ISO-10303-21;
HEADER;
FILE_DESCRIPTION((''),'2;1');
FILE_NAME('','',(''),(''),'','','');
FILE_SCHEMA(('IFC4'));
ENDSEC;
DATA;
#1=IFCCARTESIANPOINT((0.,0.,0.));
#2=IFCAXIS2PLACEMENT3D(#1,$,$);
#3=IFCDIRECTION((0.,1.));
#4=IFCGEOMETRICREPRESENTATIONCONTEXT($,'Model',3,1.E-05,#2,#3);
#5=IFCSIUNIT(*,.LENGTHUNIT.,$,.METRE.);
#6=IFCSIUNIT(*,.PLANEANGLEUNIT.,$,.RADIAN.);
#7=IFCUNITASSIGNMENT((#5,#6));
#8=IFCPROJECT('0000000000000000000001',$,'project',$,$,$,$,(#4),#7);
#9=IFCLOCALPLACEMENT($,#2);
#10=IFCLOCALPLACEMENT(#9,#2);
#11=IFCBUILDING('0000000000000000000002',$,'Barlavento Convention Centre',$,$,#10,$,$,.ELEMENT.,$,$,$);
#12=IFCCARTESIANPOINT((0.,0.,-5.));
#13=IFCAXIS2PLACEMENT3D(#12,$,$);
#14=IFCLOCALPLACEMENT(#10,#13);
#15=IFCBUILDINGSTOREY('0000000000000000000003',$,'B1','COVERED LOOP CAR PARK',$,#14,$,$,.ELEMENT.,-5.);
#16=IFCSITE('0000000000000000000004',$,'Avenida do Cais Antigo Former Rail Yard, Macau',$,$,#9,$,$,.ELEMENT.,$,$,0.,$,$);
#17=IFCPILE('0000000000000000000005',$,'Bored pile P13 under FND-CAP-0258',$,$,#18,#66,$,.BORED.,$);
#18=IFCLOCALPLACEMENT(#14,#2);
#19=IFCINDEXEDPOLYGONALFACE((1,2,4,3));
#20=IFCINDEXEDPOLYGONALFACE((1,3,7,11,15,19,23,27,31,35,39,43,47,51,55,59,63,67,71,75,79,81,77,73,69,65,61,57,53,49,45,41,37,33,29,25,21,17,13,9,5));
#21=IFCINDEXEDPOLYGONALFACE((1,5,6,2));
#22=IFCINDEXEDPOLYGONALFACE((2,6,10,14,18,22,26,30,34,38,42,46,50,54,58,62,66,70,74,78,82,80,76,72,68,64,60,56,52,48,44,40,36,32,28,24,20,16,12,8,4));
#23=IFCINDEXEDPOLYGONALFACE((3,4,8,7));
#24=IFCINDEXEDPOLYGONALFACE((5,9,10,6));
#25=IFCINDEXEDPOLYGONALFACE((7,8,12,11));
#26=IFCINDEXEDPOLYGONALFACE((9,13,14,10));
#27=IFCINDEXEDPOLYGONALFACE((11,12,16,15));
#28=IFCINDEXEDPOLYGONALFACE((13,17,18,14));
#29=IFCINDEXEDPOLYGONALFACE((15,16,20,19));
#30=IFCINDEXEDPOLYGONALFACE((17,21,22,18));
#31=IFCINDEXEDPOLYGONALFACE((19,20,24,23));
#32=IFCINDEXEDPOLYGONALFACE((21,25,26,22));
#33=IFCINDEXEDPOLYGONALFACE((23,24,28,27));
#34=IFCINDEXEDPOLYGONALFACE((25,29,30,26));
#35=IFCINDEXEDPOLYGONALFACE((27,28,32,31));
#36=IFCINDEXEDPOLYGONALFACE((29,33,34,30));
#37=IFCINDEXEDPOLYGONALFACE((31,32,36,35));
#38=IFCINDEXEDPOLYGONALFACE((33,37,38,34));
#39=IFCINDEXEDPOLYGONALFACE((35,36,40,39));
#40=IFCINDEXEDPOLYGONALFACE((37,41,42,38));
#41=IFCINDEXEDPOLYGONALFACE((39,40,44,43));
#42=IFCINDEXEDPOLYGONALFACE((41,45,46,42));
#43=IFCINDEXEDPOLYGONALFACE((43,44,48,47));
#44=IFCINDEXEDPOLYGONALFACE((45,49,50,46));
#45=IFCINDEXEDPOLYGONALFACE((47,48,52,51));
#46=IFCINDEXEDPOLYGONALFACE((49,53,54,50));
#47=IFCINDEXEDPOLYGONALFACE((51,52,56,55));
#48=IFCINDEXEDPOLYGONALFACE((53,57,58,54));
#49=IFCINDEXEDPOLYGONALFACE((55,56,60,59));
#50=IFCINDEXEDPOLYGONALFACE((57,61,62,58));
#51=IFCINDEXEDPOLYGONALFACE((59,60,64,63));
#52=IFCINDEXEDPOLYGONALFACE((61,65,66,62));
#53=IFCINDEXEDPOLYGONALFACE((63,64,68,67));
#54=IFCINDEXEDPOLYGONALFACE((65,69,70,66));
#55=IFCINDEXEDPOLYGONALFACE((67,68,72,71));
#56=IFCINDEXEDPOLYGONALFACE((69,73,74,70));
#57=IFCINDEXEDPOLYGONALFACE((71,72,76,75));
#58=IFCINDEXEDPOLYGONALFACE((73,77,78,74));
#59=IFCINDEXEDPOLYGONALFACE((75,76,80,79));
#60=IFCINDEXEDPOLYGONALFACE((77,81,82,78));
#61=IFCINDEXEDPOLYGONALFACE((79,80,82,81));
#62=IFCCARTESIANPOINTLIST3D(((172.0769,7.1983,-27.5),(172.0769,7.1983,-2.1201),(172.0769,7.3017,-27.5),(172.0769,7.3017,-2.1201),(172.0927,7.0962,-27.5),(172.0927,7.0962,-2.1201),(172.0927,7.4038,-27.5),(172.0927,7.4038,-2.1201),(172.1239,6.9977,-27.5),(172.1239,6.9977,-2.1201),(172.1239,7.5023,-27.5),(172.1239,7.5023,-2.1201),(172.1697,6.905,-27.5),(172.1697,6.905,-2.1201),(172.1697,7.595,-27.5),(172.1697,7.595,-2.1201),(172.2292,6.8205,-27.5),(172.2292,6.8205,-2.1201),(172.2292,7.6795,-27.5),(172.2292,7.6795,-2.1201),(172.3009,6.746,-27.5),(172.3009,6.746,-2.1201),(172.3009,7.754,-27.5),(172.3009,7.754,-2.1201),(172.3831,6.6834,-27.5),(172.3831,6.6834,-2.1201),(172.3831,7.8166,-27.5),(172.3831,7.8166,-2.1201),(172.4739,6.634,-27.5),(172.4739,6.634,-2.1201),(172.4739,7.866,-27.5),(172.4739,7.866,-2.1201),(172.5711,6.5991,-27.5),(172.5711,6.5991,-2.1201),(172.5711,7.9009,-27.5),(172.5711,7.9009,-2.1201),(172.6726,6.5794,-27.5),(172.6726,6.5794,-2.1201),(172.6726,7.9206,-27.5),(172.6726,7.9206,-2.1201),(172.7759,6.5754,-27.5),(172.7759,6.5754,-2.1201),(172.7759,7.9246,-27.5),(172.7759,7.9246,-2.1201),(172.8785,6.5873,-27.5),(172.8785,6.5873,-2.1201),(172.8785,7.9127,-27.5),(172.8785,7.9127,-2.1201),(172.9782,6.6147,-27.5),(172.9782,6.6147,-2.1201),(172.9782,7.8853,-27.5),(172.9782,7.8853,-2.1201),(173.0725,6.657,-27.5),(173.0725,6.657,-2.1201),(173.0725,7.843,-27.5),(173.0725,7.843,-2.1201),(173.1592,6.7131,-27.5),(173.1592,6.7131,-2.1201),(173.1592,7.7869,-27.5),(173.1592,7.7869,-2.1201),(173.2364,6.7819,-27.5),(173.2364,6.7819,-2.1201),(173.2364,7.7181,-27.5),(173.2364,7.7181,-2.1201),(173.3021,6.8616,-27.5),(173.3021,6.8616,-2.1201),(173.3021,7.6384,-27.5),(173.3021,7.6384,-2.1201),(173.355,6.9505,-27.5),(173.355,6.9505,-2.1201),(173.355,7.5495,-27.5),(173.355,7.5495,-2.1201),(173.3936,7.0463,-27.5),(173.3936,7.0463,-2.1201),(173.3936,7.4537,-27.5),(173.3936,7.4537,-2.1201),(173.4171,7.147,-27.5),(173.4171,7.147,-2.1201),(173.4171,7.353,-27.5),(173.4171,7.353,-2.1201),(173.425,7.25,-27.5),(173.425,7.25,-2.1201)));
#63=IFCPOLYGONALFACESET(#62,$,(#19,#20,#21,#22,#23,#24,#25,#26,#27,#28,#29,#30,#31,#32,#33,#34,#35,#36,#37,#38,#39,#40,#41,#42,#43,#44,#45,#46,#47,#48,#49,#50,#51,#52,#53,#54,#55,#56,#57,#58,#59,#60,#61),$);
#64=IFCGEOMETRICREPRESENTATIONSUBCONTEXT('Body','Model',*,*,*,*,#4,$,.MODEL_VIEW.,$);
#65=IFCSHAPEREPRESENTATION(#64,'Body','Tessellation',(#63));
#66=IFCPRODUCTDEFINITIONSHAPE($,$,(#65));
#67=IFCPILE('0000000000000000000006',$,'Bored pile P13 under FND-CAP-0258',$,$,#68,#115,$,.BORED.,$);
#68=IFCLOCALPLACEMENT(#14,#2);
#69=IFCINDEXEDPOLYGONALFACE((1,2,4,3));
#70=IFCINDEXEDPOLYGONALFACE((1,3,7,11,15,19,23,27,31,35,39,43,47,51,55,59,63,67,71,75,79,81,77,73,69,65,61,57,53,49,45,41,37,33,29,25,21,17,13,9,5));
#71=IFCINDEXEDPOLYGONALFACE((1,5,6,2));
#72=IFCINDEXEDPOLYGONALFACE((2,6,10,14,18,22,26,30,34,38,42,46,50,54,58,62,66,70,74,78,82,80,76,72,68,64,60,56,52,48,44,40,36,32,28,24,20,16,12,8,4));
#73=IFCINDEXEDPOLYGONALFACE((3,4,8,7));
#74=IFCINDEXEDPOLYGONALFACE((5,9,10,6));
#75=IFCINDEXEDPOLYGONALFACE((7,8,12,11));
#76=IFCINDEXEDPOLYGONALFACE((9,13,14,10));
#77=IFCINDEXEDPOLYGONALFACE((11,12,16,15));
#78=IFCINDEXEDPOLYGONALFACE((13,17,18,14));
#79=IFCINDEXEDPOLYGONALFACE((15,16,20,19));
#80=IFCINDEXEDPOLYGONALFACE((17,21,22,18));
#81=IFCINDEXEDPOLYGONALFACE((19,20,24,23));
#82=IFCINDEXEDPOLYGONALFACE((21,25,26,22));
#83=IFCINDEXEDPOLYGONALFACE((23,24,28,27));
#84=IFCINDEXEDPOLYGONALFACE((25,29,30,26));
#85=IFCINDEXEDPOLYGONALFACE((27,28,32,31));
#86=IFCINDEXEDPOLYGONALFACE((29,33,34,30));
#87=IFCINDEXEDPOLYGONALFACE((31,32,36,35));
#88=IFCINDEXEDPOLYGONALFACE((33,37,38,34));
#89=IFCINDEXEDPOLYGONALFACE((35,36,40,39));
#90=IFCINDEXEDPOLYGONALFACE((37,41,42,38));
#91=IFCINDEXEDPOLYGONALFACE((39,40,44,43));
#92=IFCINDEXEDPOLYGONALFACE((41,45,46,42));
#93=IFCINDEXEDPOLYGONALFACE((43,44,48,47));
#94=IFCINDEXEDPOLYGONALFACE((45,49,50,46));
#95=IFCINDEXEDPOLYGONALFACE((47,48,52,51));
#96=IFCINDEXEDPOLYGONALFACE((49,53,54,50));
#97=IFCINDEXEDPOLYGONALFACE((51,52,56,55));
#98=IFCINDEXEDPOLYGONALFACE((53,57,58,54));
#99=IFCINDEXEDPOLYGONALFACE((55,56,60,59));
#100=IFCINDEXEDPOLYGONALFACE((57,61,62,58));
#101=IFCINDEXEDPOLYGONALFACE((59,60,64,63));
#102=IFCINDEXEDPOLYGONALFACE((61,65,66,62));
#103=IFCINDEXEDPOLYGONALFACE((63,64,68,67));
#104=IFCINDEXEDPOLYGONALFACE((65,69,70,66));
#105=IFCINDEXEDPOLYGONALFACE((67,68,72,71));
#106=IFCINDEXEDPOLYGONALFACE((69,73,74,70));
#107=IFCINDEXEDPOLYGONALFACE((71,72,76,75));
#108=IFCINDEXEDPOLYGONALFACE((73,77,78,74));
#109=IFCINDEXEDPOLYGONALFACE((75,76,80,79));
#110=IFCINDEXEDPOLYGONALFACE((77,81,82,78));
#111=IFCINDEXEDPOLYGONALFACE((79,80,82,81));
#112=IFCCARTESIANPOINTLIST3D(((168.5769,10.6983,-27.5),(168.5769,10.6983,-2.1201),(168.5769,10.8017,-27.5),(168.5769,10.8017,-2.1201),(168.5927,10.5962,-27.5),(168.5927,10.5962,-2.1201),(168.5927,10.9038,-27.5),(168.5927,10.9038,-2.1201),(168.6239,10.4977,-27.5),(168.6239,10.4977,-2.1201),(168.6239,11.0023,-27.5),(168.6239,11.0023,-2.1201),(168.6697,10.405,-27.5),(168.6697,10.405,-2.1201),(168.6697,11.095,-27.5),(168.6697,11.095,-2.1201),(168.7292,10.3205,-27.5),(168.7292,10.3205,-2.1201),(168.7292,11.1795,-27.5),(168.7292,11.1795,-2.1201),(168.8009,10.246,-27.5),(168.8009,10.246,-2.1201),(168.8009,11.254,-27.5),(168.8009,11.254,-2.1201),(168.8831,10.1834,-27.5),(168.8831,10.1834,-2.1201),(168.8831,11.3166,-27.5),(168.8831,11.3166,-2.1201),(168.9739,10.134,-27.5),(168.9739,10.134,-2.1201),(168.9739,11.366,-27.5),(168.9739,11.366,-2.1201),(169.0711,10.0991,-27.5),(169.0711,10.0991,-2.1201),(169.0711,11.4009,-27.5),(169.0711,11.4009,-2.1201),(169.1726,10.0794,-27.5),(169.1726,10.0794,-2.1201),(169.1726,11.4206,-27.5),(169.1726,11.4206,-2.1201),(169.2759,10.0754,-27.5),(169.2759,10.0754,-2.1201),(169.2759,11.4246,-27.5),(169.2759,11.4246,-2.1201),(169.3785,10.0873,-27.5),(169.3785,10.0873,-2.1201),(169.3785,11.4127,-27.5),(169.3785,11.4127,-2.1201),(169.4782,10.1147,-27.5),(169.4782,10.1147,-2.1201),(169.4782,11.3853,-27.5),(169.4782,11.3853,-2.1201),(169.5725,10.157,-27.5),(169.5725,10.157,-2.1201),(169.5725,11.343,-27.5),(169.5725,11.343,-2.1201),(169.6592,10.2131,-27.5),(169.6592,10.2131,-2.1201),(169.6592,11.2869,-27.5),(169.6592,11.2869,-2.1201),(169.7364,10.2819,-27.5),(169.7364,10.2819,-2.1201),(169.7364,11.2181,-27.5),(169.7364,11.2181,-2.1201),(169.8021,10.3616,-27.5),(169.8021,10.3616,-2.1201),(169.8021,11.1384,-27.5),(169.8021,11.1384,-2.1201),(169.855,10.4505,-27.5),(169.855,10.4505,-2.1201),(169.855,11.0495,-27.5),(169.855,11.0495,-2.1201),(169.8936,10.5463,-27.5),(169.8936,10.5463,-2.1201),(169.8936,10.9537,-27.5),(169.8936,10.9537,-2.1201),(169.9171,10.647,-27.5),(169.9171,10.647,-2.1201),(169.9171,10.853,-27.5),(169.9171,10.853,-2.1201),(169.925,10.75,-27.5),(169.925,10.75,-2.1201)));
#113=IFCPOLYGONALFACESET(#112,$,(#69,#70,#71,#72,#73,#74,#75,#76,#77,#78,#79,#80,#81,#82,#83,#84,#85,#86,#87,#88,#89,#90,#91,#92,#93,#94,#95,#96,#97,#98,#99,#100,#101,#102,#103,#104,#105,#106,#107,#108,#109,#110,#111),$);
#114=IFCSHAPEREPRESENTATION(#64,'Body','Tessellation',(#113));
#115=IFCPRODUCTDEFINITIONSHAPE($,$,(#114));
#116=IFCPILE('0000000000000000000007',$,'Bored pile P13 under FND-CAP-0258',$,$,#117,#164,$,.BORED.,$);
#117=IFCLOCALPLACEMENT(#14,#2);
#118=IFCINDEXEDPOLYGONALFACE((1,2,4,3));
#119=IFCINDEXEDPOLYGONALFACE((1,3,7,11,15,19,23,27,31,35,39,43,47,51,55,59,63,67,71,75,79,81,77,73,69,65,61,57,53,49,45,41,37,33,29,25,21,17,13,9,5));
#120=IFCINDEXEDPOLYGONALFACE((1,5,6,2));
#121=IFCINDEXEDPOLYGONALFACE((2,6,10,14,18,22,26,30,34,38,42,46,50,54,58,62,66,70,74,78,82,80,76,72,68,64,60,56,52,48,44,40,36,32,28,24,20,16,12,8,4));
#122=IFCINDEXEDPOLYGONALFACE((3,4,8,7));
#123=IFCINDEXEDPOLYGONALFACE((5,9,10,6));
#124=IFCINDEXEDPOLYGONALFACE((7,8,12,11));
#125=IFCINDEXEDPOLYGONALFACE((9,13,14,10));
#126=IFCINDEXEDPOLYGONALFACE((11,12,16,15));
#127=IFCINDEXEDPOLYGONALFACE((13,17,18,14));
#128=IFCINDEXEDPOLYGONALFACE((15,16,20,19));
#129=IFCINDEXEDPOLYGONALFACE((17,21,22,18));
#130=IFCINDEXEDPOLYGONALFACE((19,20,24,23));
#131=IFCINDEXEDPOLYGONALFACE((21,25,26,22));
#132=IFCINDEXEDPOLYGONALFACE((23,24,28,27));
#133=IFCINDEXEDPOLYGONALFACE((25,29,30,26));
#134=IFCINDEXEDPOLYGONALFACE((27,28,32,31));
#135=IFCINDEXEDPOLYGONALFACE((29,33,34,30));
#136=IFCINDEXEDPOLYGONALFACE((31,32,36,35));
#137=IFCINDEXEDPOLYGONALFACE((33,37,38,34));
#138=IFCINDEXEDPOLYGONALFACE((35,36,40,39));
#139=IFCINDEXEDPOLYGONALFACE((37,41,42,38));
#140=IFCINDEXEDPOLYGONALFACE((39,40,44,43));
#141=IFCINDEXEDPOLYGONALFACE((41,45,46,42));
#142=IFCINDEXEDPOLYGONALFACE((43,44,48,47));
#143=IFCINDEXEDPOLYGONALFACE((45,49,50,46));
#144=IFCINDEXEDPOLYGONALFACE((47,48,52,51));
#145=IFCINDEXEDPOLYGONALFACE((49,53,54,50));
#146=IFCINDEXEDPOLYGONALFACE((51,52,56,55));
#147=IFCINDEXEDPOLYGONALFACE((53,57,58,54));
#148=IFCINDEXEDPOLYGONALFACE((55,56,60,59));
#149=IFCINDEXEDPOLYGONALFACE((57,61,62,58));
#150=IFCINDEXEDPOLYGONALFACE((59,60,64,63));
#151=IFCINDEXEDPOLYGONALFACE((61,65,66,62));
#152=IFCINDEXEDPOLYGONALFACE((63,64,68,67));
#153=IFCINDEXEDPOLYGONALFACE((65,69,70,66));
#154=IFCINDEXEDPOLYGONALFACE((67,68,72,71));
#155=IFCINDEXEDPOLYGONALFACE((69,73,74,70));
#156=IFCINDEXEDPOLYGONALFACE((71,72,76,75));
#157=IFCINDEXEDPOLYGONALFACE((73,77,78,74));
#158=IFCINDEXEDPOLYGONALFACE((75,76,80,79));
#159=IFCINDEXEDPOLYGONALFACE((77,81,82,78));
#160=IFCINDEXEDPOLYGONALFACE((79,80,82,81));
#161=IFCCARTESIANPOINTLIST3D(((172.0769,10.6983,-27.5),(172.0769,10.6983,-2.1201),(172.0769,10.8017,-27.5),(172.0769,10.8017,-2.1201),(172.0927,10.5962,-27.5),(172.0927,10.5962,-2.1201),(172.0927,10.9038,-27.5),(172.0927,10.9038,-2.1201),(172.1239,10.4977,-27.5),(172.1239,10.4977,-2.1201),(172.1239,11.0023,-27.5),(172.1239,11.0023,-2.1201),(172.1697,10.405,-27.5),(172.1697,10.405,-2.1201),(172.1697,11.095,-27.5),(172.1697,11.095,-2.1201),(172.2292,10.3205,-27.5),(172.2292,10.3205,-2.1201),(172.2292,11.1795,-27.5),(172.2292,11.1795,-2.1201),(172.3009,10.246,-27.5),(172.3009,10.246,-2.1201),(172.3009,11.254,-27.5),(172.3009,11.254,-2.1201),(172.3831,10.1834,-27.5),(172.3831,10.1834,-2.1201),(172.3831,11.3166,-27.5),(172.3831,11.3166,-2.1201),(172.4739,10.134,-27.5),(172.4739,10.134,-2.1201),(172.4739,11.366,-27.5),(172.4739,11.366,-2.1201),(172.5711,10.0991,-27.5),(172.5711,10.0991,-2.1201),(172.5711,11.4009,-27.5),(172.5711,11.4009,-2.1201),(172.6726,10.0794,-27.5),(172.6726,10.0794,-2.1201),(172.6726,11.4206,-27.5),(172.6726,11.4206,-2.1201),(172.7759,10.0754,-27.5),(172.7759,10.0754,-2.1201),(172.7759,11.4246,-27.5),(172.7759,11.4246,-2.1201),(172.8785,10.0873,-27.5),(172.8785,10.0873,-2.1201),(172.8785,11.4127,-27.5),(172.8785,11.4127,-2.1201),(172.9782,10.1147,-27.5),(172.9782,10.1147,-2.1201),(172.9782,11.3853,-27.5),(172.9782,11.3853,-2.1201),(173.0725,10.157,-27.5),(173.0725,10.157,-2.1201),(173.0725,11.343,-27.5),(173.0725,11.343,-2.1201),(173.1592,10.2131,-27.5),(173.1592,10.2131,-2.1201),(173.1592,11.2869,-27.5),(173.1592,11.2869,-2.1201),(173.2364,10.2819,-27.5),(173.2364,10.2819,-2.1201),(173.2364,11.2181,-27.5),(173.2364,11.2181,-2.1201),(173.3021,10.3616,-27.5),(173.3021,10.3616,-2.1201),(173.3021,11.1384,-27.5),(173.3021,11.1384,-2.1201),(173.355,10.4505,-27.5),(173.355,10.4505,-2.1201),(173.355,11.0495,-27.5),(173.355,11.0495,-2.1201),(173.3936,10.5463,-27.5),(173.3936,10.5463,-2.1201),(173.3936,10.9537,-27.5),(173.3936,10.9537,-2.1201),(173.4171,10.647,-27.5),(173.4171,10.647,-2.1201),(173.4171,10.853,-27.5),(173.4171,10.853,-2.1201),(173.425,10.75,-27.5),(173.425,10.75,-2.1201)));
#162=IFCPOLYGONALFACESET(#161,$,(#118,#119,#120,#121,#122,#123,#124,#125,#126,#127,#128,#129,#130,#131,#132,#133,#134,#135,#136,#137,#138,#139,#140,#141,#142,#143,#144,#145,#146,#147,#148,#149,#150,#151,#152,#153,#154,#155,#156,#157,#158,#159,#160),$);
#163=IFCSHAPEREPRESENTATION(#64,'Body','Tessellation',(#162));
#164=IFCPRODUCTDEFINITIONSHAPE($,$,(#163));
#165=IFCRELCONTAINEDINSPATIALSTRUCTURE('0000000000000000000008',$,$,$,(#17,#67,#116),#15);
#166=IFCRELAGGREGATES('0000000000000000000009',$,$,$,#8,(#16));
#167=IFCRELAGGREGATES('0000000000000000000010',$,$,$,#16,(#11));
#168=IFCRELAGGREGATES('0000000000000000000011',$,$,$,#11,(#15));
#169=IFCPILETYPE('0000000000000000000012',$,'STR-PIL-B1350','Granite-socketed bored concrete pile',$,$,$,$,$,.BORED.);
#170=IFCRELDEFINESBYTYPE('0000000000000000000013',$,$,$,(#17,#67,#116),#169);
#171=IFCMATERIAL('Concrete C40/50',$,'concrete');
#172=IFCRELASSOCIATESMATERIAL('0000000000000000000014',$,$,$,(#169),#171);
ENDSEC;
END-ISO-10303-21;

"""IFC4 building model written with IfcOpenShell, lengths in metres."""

from ifc_helpers import new_model, si_unit, direction, frame, origin, origin_2d, place, context, subcontext, project, spatial, circle, extrude, material, material_profile, profile_set, type_object, element, save


model = new_model("IFC4")

# Units and contexts
model_context = context("Model", 3, precision=1e-05, world=origin(), true_north=direction((0.0, 1.0)))
body_context = subcontext(model_context, "Body", "Model", "MODEL_VIEW")
ifc_project = project(units=[si_unit("LENGTHUNIT", "METRE"), si_unit("PLANEANGLEUNIT", "RADIAN")], contexts=[model_context])

# Site, building, storey
site_placement = place(None, origin())
site = spatial("IfcSite", under=ifc_project, at=site_placement, Name="Avenida do Cais Antigo Former Rail Yard, Macau", CompositionType="ELEMENT", RefElevation=0.0)
building_placement = place(site_placement, origin())
building = spatial("IfcBuilding", under=site, at=building_placement, Name="Barlavento Convention Centre", CompositionType="ELEMENT")
storey_placement = place(building_placement, frame((0.0, 0.0, -5.0)))
storey = spatial("IfcBuildingStorey", under=building, at=storey_placement, Name="B1", Description="COVERED LOOP CAR PARK", CompositionType="ELEMENT", Elevation=-5.0)

# Shared definitions
ifc_material_1 = material(Name="Concrete C40/50", Category="concrete")

# Piles
ifc_material_profile_1 = material_profile(ifc_material_1, circle(Radius=0.675, at=origin_2d()), Name="BORED PILE 1350")
ifc_profile_set_1 = profile_set([ifc_material_profile_1], Name="Concrete C40/50")
pile_type_1 = type_object("IfcPileType", Name="STR-PIL-B1350", Description="Granite-socketed bored concrete pile", PredefinedType="BORED", material=ifc_profile_set_1)
for number, where, z_axis, x_axis, name in (
    (1, (172.75, 7.25, -2.1201), (0.0, 0.0, -1.0), (1.0, 0.0, 0.0), "Bored pile P13 under FND-CAP-0258"),
    (2, (169.25, 10.75, -2.1201), (0.0, 0.0, -1.0), (1.0, 0.0, 0.0), "Bored pile P13 under FND-CAP-0258"),
    (3, (172.75, 10.75, -2.1201), (0.0, 0.0, -1.0), (1.0, 0.0, 0.0), "Bored pile P13 under FND-CAP-0258"),
):
    element("IfcPile", number, at=place(storey_placement, frame(where, z_axis=z_axis, x_axis=x_axis)), inside=storey, type_object=pile_type_1, Name=name, PredefinedType="BORED", context=body_context, shape_type="SweptSolid", body=[
        extrude(circle(Radius=0.675, at=origin_2d()), origin(), (0.0, 0.0, 1.0), 25.3799),
    ])

save(model, "model.ifc")
